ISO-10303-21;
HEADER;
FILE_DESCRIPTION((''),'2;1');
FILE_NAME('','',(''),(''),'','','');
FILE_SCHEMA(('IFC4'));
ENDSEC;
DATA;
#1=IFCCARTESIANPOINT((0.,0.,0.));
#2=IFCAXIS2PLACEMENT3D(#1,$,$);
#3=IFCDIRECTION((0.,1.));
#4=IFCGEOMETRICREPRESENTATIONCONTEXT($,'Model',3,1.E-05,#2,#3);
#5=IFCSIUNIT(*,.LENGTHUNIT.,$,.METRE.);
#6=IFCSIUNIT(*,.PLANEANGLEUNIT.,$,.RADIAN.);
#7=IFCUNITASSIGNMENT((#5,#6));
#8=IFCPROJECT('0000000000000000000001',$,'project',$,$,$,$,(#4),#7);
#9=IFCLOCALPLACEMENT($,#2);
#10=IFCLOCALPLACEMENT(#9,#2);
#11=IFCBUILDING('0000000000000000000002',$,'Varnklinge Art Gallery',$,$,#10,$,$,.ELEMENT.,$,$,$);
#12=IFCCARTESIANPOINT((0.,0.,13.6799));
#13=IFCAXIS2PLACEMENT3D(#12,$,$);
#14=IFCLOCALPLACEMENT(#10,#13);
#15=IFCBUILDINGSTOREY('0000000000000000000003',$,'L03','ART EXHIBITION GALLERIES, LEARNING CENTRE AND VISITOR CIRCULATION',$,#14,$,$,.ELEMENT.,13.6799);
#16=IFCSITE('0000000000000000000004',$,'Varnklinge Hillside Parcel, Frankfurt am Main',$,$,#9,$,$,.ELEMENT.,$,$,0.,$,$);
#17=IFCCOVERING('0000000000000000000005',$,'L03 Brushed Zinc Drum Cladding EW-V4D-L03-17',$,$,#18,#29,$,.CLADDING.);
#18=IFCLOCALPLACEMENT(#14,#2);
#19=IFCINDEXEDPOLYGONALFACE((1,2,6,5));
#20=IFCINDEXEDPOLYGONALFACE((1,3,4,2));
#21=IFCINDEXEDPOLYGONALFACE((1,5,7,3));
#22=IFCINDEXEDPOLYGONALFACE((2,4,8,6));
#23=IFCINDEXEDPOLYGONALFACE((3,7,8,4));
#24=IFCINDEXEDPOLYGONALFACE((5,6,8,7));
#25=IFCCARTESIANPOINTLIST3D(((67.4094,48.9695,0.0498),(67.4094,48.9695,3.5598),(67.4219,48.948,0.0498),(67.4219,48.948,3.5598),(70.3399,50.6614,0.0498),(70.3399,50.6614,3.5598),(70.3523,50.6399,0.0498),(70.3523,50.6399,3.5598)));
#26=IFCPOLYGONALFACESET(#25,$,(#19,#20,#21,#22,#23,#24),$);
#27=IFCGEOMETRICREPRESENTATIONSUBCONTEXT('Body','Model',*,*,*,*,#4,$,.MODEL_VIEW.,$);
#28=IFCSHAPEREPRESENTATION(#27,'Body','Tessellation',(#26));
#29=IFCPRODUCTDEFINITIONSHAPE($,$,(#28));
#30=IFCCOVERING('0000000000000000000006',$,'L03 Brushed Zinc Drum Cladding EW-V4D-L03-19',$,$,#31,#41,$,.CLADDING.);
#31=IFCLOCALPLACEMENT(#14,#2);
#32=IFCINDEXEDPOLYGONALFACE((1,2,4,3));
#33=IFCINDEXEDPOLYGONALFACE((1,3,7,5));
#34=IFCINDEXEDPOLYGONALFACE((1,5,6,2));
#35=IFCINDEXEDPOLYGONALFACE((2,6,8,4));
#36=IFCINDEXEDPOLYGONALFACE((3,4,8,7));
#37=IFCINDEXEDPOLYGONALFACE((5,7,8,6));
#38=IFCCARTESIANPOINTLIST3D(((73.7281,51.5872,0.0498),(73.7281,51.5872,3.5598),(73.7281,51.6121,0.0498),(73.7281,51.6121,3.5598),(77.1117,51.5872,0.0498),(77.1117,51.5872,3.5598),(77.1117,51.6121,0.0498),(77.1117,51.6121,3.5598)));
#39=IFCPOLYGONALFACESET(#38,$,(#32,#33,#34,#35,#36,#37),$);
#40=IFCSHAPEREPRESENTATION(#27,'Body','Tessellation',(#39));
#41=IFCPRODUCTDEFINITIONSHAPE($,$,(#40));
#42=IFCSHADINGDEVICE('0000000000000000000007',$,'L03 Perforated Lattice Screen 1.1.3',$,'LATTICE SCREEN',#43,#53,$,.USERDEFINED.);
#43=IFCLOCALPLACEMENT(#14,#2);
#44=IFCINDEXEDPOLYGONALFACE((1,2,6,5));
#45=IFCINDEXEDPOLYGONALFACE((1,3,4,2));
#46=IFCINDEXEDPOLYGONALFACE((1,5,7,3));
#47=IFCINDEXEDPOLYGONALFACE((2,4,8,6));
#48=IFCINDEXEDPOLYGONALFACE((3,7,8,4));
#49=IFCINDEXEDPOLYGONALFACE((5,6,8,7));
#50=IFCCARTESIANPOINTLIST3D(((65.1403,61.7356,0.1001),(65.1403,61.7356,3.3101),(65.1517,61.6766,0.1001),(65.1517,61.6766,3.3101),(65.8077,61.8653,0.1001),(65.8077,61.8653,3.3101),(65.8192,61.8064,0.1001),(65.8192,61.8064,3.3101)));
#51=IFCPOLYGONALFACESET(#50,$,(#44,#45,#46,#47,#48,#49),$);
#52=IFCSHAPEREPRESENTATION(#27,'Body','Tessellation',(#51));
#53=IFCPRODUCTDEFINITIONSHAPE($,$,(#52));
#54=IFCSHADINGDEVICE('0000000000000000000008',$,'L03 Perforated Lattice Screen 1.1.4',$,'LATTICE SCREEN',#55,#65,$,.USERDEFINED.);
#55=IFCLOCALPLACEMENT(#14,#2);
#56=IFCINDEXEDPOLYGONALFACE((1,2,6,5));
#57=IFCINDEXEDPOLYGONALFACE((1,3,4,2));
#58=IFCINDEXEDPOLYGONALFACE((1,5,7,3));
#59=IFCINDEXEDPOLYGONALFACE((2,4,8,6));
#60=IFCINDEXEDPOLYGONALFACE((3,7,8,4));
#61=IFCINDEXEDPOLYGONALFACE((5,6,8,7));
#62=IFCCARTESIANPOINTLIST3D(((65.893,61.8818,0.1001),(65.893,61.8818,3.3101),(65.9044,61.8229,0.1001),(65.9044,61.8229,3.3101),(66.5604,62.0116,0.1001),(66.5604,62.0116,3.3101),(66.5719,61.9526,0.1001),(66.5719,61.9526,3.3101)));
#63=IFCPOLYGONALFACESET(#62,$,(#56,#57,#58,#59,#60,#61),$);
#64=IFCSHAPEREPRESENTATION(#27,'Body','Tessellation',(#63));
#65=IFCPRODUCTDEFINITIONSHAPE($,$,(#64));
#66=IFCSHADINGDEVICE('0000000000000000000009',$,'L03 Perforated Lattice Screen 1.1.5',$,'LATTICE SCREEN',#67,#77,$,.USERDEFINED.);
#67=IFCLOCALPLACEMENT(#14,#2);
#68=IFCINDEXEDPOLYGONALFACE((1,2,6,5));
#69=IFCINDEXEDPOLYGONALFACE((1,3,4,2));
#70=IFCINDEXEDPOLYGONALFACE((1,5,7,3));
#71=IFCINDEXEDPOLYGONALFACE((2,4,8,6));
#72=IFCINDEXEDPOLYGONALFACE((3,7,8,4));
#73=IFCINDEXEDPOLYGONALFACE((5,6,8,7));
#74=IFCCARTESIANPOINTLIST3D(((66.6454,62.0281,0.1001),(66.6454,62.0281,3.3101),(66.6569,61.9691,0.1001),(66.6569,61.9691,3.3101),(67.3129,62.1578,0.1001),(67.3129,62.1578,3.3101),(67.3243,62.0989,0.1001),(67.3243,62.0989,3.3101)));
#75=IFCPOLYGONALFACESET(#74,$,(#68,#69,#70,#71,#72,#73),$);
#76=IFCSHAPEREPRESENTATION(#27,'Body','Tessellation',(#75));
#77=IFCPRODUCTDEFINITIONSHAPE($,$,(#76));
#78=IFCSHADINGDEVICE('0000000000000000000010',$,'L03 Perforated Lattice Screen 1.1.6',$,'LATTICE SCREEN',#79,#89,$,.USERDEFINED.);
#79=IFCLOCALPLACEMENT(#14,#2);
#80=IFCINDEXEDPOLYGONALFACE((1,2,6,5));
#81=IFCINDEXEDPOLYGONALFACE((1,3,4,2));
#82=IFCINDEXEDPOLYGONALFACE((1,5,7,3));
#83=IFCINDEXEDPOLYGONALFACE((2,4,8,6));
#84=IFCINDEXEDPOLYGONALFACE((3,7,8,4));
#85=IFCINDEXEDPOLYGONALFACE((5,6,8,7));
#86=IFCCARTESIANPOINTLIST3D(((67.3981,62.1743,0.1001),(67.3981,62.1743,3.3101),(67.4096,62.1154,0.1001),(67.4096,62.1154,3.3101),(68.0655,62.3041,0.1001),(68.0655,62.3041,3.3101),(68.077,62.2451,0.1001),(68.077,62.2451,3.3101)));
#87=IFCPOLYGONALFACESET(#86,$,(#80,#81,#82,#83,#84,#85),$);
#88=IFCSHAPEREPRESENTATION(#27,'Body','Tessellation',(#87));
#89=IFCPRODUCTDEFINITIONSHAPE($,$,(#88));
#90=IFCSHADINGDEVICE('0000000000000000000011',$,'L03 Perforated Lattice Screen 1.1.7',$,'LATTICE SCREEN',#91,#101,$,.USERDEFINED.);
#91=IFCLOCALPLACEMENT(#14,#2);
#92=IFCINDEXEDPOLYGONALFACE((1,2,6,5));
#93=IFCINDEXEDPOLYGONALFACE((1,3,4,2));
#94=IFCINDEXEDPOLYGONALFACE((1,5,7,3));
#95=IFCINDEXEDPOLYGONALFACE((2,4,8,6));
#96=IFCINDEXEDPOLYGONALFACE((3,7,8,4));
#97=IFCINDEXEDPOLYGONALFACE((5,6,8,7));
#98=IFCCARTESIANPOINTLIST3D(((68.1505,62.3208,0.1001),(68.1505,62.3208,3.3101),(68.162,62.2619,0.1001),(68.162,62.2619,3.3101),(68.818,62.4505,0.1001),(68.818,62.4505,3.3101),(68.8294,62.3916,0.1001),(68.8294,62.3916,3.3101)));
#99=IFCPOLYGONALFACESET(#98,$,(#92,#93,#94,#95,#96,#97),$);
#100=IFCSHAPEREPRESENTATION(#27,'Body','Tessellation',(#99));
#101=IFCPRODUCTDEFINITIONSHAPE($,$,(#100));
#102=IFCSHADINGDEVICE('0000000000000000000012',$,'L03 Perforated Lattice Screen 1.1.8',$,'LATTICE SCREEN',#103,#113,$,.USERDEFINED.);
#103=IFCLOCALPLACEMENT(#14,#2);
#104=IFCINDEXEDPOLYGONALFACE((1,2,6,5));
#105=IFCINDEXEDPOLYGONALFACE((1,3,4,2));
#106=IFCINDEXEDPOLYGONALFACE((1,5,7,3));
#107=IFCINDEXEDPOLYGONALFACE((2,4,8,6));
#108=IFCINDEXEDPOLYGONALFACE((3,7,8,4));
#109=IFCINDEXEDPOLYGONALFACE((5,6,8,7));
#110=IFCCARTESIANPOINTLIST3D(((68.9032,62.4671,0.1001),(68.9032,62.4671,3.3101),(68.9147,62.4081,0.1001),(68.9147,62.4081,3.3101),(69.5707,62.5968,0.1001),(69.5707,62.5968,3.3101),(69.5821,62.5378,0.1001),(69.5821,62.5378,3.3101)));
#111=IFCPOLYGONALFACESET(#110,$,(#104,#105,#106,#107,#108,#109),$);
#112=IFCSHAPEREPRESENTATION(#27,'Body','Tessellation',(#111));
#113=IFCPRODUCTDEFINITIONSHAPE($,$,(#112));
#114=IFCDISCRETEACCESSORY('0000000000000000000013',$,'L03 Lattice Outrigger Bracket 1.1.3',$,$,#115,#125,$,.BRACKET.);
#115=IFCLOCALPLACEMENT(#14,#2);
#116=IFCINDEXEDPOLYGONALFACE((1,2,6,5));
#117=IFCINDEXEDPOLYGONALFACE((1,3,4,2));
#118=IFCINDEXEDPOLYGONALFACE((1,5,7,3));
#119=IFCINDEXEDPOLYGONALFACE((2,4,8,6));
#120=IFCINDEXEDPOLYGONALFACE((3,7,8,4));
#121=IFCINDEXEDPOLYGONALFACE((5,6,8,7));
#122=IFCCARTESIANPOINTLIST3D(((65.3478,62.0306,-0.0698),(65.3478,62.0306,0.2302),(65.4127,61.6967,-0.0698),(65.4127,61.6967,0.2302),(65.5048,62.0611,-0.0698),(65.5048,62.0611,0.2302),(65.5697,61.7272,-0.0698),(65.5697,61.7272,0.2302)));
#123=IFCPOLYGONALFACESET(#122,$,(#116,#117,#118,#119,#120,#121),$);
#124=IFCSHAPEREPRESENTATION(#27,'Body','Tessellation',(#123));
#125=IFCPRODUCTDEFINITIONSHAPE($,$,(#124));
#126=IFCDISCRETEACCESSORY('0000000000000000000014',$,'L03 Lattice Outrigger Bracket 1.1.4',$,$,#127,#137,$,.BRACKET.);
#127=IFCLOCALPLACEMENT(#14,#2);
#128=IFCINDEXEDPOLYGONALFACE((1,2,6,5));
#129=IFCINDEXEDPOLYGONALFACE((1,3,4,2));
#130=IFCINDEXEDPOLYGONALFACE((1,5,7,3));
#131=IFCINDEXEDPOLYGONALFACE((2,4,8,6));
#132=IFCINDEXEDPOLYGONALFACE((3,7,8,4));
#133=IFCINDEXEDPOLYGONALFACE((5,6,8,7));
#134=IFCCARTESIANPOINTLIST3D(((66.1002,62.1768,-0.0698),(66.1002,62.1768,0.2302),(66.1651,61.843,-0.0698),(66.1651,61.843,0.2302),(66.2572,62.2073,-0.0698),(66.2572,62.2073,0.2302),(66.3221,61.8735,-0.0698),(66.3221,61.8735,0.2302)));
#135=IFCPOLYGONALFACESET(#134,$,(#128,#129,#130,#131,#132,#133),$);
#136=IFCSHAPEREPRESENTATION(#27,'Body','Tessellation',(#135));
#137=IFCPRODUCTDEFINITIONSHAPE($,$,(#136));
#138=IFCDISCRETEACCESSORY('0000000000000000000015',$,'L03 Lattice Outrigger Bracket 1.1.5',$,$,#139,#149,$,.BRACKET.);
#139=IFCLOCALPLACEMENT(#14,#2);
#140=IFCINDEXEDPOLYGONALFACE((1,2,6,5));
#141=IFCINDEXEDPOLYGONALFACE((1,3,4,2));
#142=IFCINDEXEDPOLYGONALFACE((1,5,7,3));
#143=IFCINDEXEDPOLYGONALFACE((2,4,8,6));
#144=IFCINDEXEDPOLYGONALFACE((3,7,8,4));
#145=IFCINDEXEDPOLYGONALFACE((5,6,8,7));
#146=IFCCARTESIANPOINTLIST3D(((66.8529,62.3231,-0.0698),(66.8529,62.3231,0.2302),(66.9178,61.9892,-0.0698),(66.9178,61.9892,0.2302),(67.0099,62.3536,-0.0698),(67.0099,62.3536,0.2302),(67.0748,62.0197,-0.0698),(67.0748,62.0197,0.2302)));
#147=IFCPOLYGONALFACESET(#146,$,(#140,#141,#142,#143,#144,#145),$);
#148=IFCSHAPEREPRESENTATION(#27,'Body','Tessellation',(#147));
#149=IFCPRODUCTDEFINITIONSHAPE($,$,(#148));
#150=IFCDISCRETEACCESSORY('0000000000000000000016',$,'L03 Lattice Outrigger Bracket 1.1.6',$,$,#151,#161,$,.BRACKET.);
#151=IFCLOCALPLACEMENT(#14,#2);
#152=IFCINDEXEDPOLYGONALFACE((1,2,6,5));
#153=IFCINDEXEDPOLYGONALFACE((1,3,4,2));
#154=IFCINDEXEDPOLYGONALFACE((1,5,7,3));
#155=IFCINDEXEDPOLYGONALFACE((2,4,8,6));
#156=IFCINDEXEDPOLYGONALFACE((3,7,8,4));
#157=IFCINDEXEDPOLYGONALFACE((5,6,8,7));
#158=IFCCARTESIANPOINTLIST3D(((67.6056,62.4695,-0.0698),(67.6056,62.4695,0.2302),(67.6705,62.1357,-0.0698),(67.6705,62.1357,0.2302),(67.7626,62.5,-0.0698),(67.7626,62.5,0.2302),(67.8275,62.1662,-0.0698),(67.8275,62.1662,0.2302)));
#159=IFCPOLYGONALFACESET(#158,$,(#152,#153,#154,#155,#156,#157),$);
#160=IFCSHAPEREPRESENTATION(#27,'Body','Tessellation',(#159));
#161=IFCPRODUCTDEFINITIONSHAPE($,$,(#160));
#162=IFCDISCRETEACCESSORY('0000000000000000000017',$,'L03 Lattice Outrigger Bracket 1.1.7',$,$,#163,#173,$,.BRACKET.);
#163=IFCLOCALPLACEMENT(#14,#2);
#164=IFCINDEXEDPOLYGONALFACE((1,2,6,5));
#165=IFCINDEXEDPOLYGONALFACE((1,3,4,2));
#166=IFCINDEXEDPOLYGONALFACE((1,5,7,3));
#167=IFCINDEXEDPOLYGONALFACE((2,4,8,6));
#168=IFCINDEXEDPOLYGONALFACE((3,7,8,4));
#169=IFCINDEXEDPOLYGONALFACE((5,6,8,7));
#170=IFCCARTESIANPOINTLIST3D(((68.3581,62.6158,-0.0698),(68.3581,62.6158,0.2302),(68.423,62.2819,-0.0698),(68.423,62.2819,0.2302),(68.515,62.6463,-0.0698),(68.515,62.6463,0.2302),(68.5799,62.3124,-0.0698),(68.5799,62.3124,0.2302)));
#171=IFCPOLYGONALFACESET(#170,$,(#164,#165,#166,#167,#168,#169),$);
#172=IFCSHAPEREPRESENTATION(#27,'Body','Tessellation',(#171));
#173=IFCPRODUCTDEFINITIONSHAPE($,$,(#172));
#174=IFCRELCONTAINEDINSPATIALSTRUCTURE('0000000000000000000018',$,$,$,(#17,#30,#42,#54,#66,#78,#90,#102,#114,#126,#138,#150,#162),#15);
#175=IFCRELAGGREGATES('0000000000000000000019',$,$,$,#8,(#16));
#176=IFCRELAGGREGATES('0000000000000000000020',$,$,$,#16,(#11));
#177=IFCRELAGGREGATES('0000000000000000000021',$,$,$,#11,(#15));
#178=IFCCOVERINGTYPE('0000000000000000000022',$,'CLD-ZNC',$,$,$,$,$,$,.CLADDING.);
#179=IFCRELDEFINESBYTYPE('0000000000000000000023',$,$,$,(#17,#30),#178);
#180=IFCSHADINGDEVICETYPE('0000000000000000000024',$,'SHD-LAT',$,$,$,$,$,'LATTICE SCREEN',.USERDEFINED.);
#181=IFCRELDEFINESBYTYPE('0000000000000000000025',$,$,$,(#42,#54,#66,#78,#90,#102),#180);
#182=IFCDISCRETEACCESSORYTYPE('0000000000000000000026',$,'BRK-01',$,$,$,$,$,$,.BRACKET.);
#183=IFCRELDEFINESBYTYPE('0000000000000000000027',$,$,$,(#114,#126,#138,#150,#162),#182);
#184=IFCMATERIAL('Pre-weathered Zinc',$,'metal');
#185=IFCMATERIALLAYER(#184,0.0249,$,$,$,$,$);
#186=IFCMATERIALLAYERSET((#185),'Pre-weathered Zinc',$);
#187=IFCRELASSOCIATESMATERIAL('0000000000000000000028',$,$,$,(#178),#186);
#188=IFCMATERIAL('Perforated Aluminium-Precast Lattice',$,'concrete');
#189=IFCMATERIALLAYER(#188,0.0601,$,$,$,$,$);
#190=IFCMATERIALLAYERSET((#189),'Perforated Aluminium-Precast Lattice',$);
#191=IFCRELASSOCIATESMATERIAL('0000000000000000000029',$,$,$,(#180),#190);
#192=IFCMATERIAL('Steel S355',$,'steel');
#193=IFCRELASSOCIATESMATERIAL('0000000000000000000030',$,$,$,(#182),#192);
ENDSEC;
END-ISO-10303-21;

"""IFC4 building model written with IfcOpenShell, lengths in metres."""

from ifc_helpers import new_model, si_unit, direction, frame, origin, origin_2d, place, context, subcontext, project, spatial, rectangle, extrude, material, layer, layer_set, type_object, element, save


model = new_model("IFC4")

# Units and contexts
model_context = context("Model", 3, precision=1e-05, world=origin(), true_north=direction((0.0, 1.0)))
body_context = subcontext(model_context, "Body", "Model", "MODEL_VIEW")
ifc_project = project(units=[si_unit("LENGTHUNIT", "METRE"), si_unit("PLANEANGLEUNIT", "RADIAN")], contexts=[model_context])

# Site, building, storey
site_placement = place(None, origin())
site = spatial("IfcSite", under=ifc_project, at=site_placement, Name="Varnklinge Hillside Parcel, Frankfurt am Main", CompositionType="ELEMENT", RefElevation=0.0)
building_placement = place(site_placement, origin())
building = spatial("IfcBuilding", under=site, at=building_placement, Name="Varnklinge Art Gallery", CompositionType="ELEMENT")
storey_placement = place(building_placement, frame((0.0, 0.0, 13.6799)))
storey = spatial("IfcBuildingStorey", under=building, at=storey_placement, Name="L03", Description="ART EXHIBITION GALLERIES, LEARNING CENTRE AND VISITOR CIRCULATION", CompositionType="ELEMENT", Elevation=13.6799)

# Coverings
ifc_material_1 = material(Name="Pre-weathered Zinc", Category="metal")
ifc_layer_1 = layer(ifc_material_1, 0.0249)
ifc_layer_set_1 = layer_set([ifc_layer_1], Name="Pre-weathered Zinc")
covering_type = type_object("IfcCoveringType", Name="CLD-ZNC", PredefinedType="CLADDING", material=ifc_layer_set_1)
covering_1_placement = place(storey_placement, frame((68.8809, 49.8047, 0.0498), z_axis=(0.0, 0.0, 1.0), x_axis=(0.866025, 0.5, 0.0)))
element("IfcCovering", 1, at=covering_1_placement, inside=storey, type_object=covering_type, Name="L03 Brushed Zinc Drum Cladding EW-V4D-L03-17", PredefinedType="CLADDING", context=body_context, shape_type="SweptSolid", body=[
    extrude(rectangle(XDim=3.3838, YDim=0.0249, at=origin_2d()), origin(), (0.0, 0.0, 1.0), 3.51),
])
covering_2_placement = place(storey_placement, frame((75.4199, 51.5996, 0.0498), z_axis=(0.0, 0.0, 1.0), x_axis=(1.0, 0.0, 0.0)))
element("IfcCovering", 2, at=covering_2_placement, inside=storey, type_object=covering_type, Name="L03 Brushed Zinc Drum Cladding EW-V4D-L03-19", PredefinedType="CLADDING", context=body_context, shape_type="SweptSolid", body=[
    extrude(rectangle(XDim=3.3835, YDim=0.0249, at=origin_2d()), origin(), (0.0, 0.0, 1.0), 3.51),
])

# Shading devices
ifc_material_2 = material(Name="Perforated Aluminium-Precast Lattice", Category="concrete")
ifc_layer_2 = layer(ifc_material_2, 0.0601)
ifc_layer_set_2 = layer_set([ifc_layer_2], Name="Perforated Aluminium-Precast Lattice")
shading_device_type = type_object("IfcShadingDeviceType", Name="SHD-LAT", ElementType="LATTICE SCREEN", PredefinedType="USERDEFINED", material=ifc_layer_set_2)
for number, where, z_axis, x_axis, name in (
    (3, (65.4797, 61.771, 0.1001), (0.0, 0.0, 1.0), (0.981627, 0.190809, 0.0), "L03 Perforated Lattice Screen 1.1.3"),
    (4, (66.2324, 61.9172, 0.1001), (0.0, 0.0, 1.0), (0.981627, 0.190809, 0.0), "L03 Perforated Lattice Screen 1.1.4"),
    (5, (66.9849, 62.0635, 0.1001), (0.0, 0.0, 1.0), (0.981627, 0.190809, 0.0), "L03 Perforated Lattice Screen 1.1.5"),
    (6, (67.7375, 62.2097, 0.1001), (0.0, 0.0, 1.0), (0.981627, 0.190809, 0.0), "L03 Perforated Lattice Screen 1.1.6"),
    (7, (68.49, 62.3562, 0.1001), (0.0, 0.0, 1.0), (0.981627, 0.190809, 0.0), "L03 Perforated Lattice Screen 1.1.7"),
    (8, (69.2427, 62.5024, 0.1001), (0.0, 0.0, 1.0), (0.981627, 0.190809, 0.0), "L03 Perforated Lattice Screen 1.1.8"),
):
    element("IfcShadingDevice", number, at=place(storey_placement, frame(where, z_axis=z_axis, x_axis=x_axis)), inside=storey, type_object=shading_device_type, Name=name, ObjectType="LATTICE SCREEN", PredefinedType="USERDEFINED", context=body_context, shape_type="SweptSolid", body=[
        extrude(rectangle(XDim=0.6799, YDim=0.0601, at=origin_2d()), origin(), (0.0, 0.0, 1.0), 3.21),
    ])

# Discrete accessories
ifc_material_3 = material(Name="Steel S355", Category="steel")
discrete_accessory_type = type_object("IfcDiscreteAccessoryType", Name="BRK-01", PredefinedType="BRACKET", material=ifc_material_3)
for number, where, z_axis, x_axis, name in (
    (9, (65.4587, 61.8789, -0.0698), (0.0, 0.0, 1.0), (0.981627, 0.190809, 0.0), "L03 Lattice Outrigger Bracket 1.1.3"),
    (10, (66.2112, 62.0251, -0.0698), (0.0, 0.0, 1.0), (0.981627, 0.190809, 0.0), "L03 Lattice Outrigger Bracket 1.1.4"),
    (11, (66.9639, 62.1714, -0.0698), (0.0, 0.0, 1.0), (0.981627, 0.190809, 0.0), "L03 Lattice Outrigger Bracket 1.1.5"),
    (12, (67.7166, 62.3179, -0.0698), (0.0, 0.0, 1.0), (0.981627, 0.190809, 0.0), "L03 Lattice Outrigger Bracket 1.1.6"),
    (13, (68.469, 62.4641, -0.0698), (0.0, 0.0, 1.0), (0.981627, 0.190809, 0.0), "L03 Lattice Outrigger Bracket 1.1.7"),
):
    element("IfcDiscreteAccessory", number, at=place(storey_placement, frame(where, z_axis=z_axis, x_axis=x_axis)), inside=storey, type_object=discrete_accessory_type, Name=name, PredefinedType="BRACKET", context=body_context, shape_type="SweptSolid", body=[
        extrude(rectangle(XDim=0.1599, YDim=0.3401, at=origin_2d()), origin(), (0.0, 0.0, 1.0), 0.3),
    ])

save(model, "model.ifc")
